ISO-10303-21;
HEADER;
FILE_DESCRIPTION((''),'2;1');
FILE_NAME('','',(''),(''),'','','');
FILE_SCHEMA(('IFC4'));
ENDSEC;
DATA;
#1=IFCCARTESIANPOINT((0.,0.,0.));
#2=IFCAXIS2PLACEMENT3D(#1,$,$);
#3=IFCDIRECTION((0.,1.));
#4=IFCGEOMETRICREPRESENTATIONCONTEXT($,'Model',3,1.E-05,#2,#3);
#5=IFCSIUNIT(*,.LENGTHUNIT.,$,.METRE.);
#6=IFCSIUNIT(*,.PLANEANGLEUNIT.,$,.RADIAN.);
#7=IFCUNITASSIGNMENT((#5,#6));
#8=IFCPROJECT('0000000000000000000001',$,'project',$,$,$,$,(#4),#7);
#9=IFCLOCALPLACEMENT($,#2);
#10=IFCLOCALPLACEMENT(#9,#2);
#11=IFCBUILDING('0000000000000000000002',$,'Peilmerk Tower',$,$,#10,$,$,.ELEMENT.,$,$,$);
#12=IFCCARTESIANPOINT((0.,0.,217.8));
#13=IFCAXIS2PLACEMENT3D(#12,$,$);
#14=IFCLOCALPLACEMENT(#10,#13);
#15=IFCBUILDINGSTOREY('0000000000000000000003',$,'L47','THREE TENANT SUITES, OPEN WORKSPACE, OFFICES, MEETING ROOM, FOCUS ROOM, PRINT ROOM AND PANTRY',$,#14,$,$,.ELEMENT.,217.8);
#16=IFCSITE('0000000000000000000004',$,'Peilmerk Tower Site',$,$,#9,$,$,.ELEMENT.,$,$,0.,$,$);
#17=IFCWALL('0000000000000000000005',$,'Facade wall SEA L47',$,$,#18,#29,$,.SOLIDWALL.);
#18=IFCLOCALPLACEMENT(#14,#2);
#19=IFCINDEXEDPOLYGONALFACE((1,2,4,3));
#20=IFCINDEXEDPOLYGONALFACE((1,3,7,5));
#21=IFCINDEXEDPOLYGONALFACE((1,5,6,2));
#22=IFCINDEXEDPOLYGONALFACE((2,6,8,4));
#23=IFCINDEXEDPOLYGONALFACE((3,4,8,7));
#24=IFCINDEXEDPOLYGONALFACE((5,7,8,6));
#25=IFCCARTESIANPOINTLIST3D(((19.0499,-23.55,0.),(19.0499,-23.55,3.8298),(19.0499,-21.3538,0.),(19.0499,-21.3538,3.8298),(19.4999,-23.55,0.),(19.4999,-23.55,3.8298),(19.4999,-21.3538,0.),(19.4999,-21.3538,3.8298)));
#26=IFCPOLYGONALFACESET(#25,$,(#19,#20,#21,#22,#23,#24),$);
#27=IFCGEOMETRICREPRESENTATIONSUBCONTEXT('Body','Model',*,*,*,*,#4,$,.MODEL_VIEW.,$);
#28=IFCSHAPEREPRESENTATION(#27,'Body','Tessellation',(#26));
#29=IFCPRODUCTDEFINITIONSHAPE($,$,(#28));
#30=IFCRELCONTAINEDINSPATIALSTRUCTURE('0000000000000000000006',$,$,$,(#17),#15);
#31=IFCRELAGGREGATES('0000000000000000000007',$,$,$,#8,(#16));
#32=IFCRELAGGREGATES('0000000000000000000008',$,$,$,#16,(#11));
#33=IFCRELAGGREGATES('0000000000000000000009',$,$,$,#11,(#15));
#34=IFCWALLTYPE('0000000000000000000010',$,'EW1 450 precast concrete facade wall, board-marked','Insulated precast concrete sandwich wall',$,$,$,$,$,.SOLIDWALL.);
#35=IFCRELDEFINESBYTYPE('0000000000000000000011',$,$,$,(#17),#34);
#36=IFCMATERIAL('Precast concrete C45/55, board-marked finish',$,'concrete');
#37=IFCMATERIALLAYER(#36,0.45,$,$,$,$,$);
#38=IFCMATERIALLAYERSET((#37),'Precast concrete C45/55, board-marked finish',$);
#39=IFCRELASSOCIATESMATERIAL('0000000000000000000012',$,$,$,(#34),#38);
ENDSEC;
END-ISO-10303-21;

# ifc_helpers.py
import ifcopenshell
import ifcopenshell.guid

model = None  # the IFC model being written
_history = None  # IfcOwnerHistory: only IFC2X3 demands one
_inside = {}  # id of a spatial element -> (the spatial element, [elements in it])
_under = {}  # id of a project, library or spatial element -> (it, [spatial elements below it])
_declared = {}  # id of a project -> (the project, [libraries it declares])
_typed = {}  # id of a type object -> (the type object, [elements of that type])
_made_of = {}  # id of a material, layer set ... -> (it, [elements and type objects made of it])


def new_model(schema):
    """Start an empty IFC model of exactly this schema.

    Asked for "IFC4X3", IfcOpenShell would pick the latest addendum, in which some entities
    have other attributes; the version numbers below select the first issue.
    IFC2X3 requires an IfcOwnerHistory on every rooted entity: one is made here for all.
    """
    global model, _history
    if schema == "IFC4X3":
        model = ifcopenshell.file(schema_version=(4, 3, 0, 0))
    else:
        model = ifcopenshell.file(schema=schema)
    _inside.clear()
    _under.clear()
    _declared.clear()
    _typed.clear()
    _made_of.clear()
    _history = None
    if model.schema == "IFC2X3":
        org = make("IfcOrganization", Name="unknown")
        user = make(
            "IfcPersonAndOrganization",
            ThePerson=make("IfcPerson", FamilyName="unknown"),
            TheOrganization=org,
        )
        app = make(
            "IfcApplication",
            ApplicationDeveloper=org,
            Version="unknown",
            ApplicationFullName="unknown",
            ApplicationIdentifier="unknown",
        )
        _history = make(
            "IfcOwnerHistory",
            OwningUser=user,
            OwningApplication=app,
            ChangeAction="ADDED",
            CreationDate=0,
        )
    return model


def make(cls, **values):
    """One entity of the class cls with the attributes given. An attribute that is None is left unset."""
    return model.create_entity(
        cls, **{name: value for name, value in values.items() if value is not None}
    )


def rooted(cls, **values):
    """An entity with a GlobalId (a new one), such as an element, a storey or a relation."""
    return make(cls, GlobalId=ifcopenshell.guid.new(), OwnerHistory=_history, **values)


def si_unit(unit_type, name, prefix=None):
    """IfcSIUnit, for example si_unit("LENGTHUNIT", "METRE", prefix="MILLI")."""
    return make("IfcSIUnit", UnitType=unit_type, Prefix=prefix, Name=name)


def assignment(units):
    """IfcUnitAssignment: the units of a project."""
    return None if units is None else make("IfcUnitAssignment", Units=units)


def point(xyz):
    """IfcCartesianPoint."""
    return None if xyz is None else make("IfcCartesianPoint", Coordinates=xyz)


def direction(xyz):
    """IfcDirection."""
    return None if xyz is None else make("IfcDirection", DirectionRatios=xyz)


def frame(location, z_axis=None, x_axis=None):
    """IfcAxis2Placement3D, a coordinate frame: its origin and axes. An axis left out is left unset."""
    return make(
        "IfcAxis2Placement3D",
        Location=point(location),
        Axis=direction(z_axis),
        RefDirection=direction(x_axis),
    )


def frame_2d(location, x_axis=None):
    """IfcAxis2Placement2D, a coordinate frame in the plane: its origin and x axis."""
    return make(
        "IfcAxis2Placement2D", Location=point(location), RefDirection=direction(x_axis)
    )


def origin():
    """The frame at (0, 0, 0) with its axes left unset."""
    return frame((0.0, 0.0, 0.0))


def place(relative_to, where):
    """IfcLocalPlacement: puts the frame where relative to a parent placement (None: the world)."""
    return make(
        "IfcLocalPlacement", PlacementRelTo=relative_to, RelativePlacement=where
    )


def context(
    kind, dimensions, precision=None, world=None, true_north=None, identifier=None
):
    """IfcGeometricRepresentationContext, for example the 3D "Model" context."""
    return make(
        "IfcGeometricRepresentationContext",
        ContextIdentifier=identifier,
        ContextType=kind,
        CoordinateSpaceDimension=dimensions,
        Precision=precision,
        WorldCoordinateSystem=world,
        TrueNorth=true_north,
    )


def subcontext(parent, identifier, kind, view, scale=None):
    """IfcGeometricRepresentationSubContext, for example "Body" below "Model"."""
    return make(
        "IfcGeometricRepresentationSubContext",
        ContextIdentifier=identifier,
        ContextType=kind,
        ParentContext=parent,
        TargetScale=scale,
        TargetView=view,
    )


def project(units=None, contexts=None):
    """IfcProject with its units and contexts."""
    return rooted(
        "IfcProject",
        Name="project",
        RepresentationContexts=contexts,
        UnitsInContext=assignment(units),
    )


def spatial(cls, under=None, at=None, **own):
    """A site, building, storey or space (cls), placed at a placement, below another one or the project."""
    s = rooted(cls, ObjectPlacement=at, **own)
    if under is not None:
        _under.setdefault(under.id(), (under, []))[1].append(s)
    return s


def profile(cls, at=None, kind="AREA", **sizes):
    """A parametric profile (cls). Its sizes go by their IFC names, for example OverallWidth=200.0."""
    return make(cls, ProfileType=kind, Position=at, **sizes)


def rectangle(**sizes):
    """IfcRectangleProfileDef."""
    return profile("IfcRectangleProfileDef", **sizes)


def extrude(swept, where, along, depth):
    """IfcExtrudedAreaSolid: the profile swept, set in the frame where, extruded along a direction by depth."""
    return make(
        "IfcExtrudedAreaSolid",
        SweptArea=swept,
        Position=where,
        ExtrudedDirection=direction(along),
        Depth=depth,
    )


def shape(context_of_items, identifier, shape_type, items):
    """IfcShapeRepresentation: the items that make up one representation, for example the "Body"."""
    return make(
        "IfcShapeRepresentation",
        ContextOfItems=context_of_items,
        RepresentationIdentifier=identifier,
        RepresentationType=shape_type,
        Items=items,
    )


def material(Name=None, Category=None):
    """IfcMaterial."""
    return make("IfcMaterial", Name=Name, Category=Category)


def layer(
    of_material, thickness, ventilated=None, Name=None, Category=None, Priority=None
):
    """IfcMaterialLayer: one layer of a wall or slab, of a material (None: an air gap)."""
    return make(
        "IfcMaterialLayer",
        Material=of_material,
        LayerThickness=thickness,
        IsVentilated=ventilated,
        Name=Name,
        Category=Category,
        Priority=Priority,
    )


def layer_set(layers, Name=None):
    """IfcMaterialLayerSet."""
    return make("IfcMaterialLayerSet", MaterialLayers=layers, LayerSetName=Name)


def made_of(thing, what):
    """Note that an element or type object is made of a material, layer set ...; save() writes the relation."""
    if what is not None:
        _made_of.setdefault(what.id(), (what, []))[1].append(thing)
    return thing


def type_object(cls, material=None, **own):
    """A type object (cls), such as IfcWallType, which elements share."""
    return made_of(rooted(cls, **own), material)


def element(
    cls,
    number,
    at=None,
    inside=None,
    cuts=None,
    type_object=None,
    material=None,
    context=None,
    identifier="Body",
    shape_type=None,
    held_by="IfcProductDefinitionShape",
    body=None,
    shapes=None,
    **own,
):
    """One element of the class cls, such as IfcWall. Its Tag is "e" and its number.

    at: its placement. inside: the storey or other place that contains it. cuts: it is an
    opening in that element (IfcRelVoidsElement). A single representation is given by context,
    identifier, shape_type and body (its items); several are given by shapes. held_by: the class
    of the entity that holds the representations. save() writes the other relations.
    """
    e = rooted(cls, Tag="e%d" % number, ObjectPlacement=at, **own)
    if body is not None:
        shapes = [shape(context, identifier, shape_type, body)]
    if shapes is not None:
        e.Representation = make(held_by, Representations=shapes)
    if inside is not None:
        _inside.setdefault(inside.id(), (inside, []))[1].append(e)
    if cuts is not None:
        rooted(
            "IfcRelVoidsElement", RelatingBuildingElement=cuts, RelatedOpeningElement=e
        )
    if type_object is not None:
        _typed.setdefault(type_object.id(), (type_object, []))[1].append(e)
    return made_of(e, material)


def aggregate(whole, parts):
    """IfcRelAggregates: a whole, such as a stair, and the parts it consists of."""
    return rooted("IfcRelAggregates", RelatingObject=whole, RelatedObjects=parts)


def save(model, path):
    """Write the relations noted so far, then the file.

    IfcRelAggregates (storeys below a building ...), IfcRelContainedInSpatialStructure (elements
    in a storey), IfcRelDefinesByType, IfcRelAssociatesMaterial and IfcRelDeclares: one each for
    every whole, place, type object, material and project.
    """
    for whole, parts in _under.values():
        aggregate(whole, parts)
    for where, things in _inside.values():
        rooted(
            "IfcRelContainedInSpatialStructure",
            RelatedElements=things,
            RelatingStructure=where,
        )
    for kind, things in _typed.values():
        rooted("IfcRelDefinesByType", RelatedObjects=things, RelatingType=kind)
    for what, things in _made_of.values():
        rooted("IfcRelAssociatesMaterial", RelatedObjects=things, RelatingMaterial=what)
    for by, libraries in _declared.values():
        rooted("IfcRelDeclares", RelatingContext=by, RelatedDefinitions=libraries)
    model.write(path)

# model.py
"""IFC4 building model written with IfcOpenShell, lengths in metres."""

from ifc_helpers import new_model, si_unit, direction, frame, frame_2d, origin, place, context, subcontext, project, spatial, rectangle, extrude, material, layer, layer_set, type_object, element, save


model = new_model("IFC4")

# Units and contexts
model_context = context("Model", 3, precision=1e-05, world=origin(), true_north=direction((0.0, 1.0)))
body_context = subcontext(model_context, "Body", "Model", "MODEL_VIEW")
ifc_project = project(units=[si_unit("LENGTHUNIT", "METRE"), si_unit("PLANEANGLEUNIT", "RADIAN")], contexts=[model_context])

# Site, building, storey
site_placement = place(None, origin())
site = spatial("IfcSite", under=ifc_project, at=site_placement, Name="Peilmerk Tower Site", CompositionType="ELEMENT", RefElevation=0.0)
building_placement = place(site_placement, origin())
building = spatial("IfcBuilding", under=site, at=building_placement, Name="Peilmerk Tower", CompositionType="ELEMENT")
storey_placement = place(building_placement, frame((0.0, 0.0, 217.8)))
storey = spatial("IfcBuildingStorey", under=building, at=storey_placement, Name="L47", Description="THREE TENANT SUITES, OPEN WORKSPACE, OFFICES, MEETING ROOM, FOCUS ROOM, PRINT ROOM AND PANTRY", CompositionType="ELEMENT", Elevation=217.8)

# Shared definitions
ifc_material_1 = material(Name="Precast concrete C45/55, board-marked finish", Category="concrete")
ifc_layer_1 = layer(ifc_material_1, 0.45)
ifc_layer_set_1 = layer_set([ifc_layer_1], Name="Precast concrete C45/55, board-marked finish")
wall_type = type_object("IfcWallType", Name="EW1 450 precast concrete facade wall, board-marked", Description="Insulated precast concrete sandwich wall", PredefinedType="SOLIDWALL", material=ifc_layer_set_1)

# Wall
wall_1_placement = place(storey_placement, frame((19.2749, -21.3538, 0.0), z_axis=(0.0, 0.0, 1.0), x_axis=(0.0, -1.0, 0.0)))
element("IfcWall", 1, at=wall_1_placement, inside=storey, type_object=wall_type, Name="Facade wall SEA L47", PredefinedType="SOLIDWALL", context=body_context, shape_type="SweptSolid", body=[
    extrude(rectangle(XDim=2.1963, YDim=0.45, at=frame_2d((1.0981, 0.0))), origin(), (0.0, 0.0, 1.0), 3.8298),
])

save(model, "model.ifc")
